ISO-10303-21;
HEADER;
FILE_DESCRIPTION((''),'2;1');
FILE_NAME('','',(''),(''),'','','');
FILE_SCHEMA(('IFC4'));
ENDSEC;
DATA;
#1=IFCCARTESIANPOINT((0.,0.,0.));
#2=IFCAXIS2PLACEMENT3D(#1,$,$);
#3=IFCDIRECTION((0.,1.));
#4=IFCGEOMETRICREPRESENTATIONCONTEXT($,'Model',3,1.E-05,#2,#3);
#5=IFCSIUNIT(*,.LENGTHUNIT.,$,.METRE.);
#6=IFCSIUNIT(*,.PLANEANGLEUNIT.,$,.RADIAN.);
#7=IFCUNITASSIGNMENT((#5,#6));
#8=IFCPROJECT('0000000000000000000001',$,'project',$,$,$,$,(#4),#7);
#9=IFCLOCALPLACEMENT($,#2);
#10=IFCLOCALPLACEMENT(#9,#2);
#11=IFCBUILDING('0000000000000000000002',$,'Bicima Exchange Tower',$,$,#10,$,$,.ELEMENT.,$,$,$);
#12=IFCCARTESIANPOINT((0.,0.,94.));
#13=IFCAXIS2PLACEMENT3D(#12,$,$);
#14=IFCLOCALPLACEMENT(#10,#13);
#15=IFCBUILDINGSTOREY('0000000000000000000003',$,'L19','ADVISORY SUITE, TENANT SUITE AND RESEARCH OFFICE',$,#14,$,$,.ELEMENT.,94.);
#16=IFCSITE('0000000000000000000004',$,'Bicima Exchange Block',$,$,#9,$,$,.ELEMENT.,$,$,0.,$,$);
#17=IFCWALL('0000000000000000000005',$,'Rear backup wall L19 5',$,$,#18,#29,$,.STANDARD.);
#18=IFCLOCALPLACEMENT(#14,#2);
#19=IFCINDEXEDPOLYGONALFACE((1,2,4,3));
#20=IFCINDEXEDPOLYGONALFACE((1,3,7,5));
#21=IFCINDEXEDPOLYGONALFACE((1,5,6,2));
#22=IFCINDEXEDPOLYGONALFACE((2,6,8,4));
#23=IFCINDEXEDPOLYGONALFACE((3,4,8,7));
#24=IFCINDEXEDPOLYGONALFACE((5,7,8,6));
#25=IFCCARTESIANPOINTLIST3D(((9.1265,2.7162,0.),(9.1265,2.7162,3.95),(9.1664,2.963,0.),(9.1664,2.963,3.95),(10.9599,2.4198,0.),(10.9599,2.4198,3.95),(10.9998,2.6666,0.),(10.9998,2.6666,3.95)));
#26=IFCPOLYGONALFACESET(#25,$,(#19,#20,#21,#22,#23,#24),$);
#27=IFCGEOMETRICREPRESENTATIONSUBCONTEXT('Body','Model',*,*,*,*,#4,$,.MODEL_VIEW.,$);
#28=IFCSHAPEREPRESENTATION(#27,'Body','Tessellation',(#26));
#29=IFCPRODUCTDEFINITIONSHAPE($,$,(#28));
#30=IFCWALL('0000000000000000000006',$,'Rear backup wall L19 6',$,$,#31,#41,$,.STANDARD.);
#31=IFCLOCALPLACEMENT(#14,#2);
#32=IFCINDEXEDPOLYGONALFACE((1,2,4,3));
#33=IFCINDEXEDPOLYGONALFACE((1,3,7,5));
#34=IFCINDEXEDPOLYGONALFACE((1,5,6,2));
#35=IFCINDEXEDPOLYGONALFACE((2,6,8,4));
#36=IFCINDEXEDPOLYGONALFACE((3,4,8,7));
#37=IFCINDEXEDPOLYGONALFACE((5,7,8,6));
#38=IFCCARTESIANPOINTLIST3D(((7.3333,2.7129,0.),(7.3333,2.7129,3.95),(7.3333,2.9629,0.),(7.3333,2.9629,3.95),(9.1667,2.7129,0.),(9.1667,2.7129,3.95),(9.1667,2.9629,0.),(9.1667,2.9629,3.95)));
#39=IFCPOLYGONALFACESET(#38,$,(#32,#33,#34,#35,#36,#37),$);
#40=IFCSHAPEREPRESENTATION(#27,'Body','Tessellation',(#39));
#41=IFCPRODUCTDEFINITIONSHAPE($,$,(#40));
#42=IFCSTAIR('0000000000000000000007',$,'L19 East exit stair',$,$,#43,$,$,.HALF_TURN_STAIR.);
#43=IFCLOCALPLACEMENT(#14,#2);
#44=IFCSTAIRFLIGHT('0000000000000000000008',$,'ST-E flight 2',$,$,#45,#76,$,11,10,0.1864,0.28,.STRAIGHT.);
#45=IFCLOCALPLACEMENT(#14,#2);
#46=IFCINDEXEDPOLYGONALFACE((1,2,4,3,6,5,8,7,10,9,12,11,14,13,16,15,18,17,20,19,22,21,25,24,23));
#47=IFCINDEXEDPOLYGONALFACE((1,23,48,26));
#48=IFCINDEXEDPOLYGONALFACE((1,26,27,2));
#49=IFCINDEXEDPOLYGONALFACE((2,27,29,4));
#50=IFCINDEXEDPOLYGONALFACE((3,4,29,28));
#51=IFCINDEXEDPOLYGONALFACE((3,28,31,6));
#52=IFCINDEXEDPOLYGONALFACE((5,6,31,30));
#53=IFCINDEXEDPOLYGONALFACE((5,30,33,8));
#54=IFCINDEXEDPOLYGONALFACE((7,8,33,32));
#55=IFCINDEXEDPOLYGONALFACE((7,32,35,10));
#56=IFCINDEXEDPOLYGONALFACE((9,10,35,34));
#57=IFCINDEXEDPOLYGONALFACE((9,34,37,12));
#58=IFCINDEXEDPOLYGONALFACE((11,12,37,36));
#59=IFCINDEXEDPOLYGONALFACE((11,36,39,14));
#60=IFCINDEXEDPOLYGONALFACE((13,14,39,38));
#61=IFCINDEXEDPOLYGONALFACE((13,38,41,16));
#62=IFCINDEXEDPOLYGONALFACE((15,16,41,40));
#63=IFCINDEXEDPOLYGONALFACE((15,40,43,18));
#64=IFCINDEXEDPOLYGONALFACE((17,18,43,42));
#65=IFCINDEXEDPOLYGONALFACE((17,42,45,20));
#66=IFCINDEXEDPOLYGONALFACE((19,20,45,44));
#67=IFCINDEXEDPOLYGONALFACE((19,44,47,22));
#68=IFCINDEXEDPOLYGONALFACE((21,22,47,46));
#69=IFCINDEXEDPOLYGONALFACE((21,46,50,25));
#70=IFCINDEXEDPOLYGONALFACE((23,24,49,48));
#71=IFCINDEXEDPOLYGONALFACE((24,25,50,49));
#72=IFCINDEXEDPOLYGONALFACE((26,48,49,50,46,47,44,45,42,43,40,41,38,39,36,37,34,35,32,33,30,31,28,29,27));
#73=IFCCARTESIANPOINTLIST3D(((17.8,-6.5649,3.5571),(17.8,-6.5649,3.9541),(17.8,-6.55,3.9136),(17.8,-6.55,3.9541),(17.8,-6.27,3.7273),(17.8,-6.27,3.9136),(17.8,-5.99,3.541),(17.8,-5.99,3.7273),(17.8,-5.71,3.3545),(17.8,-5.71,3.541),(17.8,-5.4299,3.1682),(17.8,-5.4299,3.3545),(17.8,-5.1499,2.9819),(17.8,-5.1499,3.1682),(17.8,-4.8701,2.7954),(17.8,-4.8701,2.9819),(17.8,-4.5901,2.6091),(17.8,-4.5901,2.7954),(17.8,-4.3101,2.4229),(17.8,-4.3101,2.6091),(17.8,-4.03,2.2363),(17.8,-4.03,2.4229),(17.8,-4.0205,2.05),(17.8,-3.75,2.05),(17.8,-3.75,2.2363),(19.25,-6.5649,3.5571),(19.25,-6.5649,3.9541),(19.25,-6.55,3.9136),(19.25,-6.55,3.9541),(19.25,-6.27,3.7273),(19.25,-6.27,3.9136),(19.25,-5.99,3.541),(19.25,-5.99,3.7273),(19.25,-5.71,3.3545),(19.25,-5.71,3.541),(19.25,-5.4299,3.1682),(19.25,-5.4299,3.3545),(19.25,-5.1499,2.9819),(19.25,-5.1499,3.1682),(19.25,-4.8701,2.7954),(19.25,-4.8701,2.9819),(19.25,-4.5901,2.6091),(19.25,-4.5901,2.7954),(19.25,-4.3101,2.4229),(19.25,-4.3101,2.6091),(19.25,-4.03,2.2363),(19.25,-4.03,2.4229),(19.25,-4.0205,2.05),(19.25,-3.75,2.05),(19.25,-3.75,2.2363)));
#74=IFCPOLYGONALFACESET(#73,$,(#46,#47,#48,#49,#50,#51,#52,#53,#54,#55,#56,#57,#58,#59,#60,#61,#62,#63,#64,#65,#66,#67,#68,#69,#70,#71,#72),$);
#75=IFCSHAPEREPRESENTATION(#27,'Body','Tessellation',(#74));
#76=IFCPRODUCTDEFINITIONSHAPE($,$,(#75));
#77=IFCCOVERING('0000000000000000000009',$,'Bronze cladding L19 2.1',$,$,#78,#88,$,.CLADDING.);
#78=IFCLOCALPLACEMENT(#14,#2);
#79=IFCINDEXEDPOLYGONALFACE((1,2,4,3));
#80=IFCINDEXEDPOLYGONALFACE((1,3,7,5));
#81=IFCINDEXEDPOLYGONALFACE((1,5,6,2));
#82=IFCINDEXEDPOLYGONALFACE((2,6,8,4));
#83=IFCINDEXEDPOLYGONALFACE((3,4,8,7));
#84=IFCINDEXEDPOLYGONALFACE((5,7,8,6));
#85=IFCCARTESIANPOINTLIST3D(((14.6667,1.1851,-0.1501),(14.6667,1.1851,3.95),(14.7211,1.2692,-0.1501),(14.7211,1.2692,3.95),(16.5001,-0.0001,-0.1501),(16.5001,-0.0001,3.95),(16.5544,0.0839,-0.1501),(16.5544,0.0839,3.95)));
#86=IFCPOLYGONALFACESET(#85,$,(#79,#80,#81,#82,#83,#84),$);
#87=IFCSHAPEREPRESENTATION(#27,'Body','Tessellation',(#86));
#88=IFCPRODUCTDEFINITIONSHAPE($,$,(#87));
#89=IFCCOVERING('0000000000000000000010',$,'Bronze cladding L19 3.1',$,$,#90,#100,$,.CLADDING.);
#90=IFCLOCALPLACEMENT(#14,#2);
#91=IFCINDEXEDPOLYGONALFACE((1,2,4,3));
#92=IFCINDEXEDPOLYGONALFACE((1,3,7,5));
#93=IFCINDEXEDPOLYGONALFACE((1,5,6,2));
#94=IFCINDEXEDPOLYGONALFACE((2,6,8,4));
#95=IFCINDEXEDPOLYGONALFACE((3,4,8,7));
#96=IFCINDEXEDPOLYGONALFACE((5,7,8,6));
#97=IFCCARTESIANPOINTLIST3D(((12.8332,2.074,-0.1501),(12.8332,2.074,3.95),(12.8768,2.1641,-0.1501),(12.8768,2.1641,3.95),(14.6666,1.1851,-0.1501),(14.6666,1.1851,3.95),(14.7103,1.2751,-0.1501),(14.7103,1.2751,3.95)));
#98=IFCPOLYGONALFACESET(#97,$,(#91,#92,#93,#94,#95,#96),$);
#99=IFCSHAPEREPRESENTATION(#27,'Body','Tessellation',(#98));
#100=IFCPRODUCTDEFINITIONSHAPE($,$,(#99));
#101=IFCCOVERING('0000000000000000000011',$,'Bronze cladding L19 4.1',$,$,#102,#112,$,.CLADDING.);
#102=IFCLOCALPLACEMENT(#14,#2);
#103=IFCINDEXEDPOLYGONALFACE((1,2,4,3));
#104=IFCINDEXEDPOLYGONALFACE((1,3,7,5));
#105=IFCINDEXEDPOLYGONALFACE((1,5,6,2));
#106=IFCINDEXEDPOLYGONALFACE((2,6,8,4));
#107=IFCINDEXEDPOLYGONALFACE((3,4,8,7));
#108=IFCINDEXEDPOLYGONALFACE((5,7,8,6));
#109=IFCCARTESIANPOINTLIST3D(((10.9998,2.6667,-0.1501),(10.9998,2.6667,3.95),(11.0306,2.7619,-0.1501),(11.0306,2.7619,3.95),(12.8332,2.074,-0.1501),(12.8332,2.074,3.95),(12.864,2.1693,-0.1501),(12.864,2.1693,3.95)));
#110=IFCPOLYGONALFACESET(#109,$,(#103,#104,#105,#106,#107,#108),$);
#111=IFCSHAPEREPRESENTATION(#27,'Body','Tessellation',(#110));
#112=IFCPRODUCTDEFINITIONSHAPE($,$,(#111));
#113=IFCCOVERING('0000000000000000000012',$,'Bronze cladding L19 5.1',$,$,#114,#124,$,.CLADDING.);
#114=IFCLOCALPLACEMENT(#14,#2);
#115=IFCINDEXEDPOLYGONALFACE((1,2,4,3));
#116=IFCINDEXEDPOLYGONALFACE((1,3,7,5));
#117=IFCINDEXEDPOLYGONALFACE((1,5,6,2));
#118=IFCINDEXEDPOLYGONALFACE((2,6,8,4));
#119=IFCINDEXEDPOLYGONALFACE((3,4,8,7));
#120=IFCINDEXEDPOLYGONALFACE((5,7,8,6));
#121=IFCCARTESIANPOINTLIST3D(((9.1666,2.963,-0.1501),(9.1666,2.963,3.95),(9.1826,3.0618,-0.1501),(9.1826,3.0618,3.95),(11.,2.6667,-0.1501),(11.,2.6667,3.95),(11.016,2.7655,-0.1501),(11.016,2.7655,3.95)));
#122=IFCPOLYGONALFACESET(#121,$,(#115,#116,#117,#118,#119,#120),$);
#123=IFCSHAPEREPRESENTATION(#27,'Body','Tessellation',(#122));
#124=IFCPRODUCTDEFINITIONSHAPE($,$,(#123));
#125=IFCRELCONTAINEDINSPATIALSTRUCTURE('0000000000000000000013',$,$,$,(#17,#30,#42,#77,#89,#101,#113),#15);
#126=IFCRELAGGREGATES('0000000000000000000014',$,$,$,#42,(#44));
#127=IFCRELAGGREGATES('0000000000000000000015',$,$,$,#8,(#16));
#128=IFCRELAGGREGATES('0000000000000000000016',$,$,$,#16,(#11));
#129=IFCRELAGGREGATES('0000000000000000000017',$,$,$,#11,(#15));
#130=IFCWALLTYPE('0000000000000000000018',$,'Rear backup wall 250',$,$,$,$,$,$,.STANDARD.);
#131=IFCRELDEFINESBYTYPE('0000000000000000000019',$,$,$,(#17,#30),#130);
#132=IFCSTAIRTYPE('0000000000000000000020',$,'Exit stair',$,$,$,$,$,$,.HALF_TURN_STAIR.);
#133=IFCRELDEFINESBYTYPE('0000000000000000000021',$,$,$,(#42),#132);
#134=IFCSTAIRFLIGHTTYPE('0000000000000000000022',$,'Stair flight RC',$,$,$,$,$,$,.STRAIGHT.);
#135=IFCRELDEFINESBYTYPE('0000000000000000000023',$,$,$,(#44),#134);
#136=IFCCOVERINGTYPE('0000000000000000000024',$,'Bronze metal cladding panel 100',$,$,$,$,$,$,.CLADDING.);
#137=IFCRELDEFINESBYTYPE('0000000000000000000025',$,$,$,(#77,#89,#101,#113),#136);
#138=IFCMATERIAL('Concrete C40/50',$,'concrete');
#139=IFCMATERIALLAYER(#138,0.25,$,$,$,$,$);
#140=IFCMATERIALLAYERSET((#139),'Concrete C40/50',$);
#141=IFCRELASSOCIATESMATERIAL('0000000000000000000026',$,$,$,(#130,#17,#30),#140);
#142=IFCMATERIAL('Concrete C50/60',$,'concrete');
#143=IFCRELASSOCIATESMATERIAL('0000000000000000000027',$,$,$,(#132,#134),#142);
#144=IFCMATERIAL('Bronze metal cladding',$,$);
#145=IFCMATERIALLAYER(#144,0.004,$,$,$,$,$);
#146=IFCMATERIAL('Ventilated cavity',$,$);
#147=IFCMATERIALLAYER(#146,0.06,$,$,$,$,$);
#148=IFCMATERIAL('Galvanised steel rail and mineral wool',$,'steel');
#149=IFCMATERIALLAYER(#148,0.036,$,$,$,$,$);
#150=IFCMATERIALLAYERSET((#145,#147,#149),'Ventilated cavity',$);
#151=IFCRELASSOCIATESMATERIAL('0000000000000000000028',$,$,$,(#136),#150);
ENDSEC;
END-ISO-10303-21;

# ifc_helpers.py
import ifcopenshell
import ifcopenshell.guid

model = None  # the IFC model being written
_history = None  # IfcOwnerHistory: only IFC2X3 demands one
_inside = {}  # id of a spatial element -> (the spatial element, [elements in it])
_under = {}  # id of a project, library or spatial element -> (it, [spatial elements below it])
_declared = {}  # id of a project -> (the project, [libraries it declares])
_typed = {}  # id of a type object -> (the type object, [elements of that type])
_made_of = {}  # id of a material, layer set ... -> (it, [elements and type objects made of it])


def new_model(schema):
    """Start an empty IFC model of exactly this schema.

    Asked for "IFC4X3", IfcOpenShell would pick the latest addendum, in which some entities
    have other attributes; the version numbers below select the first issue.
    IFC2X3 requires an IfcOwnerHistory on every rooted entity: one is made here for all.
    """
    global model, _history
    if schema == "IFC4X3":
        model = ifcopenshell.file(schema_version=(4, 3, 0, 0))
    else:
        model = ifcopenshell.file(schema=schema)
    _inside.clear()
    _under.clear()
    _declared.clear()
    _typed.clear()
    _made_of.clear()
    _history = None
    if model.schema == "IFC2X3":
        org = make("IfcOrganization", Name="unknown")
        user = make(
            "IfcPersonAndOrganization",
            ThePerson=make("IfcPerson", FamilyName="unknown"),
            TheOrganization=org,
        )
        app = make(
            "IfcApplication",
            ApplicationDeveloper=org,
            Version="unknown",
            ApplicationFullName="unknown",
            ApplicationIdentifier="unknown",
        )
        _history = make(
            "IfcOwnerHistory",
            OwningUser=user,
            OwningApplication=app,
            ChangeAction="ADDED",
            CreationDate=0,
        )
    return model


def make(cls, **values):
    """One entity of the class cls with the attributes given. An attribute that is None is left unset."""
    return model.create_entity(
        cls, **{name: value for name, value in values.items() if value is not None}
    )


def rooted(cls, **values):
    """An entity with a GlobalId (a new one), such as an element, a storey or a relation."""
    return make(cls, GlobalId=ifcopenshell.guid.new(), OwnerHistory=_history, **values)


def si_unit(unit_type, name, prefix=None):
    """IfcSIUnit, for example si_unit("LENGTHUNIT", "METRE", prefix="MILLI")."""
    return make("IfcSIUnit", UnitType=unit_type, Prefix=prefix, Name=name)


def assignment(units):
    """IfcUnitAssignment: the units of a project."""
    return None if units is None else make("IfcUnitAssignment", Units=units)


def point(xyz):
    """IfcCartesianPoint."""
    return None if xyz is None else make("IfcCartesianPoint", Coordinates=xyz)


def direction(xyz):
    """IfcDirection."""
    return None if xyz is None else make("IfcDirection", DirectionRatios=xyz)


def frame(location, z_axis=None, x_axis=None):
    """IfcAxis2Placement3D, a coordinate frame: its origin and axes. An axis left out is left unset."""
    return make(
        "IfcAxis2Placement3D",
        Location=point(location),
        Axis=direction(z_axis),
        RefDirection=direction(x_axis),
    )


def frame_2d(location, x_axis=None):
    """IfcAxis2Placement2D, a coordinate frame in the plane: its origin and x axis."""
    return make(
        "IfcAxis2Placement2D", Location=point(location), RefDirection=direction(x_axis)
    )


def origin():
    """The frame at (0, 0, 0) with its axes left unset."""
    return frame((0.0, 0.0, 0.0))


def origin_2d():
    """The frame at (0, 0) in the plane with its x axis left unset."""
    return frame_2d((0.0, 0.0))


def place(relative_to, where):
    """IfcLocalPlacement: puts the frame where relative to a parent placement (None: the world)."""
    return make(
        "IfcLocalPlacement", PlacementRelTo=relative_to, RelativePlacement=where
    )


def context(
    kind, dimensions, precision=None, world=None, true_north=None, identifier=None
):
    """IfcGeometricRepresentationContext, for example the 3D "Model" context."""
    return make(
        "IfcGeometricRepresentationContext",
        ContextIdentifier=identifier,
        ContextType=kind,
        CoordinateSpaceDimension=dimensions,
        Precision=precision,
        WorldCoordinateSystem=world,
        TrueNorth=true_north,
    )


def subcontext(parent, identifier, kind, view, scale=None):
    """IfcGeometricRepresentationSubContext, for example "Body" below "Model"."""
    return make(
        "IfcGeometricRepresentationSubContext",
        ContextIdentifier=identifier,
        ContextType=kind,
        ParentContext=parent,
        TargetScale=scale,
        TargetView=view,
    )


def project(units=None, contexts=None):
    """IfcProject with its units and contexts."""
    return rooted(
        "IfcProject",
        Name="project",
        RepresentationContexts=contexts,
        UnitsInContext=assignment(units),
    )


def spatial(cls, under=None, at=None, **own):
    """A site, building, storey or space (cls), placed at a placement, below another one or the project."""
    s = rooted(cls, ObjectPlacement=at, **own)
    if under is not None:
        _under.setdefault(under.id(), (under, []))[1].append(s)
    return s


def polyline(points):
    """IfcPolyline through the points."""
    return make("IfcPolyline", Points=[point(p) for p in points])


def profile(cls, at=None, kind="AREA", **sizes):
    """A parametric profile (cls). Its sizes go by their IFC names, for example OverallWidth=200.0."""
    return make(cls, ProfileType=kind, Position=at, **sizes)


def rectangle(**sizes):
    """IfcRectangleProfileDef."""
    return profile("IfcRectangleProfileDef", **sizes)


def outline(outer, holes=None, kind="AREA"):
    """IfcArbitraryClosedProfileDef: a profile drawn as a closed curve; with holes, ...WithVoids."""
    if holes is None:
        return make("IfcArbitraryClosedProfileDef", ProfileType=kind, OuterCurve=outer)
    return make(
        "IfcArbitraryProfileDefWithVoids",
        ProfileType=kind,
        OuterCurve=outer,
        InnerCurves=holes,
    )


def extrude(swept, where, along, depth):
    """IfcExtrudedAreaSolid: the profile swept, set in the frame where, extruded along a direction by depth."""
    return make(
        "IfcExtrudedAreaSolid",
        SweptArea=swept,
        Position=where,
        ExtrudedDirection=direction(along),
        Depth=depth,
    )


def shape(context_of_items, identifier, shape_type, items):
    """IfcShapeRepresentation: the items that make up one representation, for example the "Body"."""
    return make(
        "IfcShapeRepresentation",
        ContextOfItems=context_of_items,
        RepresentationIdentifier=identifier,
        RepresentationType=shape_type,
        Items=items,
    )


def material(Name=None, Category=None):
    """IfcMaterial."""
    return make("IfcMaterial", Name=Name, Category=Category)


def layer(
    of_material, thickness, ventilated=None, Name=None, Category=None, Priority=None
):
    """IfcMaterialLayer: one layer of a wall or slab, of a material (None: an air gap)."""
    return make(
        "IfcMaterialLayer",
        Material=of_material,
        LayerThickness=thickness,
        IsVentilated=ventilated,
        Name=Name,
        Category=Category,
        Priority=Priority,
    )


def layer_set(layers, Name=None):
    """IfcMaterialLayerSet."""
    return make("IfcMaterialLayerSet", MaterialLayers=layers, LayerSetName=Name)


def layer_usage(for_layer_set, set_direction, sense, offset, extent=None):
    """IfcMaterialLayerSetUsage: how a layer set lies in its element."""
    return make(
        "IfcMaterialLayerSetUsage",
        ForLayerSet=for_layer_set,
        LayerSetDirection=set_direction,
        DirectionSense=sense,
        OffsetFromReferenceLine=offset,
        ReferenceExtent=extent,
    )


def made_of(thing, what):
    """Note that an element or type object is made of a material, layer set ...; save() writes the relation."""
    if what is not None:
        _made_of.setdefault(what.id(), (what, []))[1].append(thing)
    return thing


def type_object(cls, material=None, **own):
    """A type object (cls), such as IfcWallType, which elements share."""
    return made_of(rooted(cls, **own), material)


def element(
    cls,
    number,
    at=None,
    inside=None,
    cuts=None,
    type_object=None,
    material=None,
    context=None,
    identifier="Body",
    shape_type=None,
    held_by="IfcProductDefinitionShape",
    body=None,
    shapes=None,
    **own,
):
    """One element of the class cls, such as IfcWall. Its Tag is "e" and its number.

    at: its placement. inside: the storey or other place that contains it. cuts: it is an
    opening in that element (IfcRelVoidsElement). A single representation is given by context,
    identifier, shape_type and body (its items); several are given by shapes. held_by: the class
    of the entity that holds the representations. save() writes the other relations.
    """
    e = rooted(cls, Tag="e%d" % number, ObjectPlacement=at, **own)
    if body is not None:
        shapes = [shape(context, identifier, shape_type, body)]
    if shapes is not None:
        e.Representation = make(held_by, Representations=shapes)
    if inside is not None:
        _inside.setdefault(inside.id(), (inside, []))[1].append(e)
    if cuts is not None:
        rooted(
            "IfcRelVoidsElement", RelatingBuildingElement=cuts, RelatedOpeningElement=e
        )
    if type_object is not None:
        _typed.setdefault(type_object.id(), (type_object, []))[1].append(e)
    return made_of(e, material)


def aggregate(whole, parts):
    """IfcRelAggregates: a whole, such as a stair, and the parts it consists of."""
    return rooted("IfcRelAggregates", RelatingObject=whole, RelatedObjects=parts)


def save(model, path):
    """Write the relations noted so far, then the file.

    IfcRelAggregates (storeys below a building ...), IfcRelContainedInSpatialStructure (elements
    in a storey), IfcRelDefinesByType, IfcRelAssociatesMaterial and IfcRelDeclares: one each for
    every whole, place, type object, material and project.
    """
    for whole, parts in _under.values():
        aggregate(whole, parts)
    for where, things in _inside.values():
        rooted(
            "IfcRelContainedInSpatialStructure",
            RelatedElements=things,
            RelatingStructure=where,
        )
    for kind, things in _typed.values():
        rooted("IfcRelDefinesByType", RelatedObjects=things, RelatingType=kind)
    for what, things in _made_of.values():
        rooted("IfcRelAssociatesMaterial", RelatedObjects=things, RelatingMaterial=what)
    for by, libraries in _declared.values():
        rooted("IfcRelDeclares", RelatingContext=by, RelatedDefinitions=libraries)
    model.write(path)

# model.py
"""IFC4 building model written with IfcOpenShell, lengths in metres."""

from ifc_helpers import new_model, si_unit, direction, frame, frame_2d, origin, origin_2d, place, context, subcontext, project, spatial, polyline, rectangle, outline, extrude, material, layer, layer_set, layer_usage, type_object, element, aggregate, save


model = new_model("IFC4")

# Units and contexts
model_context = context("Model", 3, precision=1e-05, world=origin(), true_north=direction((0.0, 1.0)))
body_context = subcontext(model_context, "Body", "Model", "MODEL_VIEW")
ifc_project = project(units=[si_unit("LENGTHUNIT", "METRE"), si_unit("PLANEANGLEUNIT", "RADIAN")], contexts=[model_context])

# Site, building, storey
site_placement = place(None, origin())
site = spatial("IfcSite", under=ifc_project, at=site_placement, Name="Bicima Exchange Block", CompositionType="ELEMENT", RefElevation=0.0)
building_placement = place(site_placement, origin())
building = spatial("IfcBuilding", under=site, at=building_placement, Name="Bicima Exchange Tower", CompositionType="ELEMENT")
storey_placement = place(building_placement, frame((0.0, 0.0, 94.0)))
storey = spatial("IfcBuildingStorey", under=building, at=storey_placement, Name="L19", Description="ADVISORY SUITE, TENANT SUITE AND RESEARCH OFFICE", CompositionType="ELEMENT", Elevation=94.0)

# Shared definitions
ifc_material_1 = material(Name="Concrete C50/60", Category="concrete")

# Walls
ifc_material_2 = material(Name="Concrete C40/50", Category="concrete")
ifc_layer_1 = layer(ifc_material_2, 0.25)
ifc_layer_set_1 = layer_set([ifc_layer_1], Name="Concrete C40/50")
ifc_layer_usage = layer_usage(ifc_layer_set_1, "AXIS2", "POSITIVE", -0.125)
wall_type_1 = type_object("IfcWallType", Name="Rear backup wall 250", PredefinedType="STANDARD", material=ifc_layer_set_1)
wall_1_placement = place(storey_placement, frame((10.98, 2.5432, 0.0), z_axis=(0.0, 0.0, 1.0), x_axis=(-0.987182, 0.1596, 0.0)))
element("IfcWall", 1, at=wall_1_placement, inside=storey, type_object=wall_type_1, material=ifc_layer_usage, Name="Rear backup wall L19 5", PredefinedType="STANDARD", context=body_context, shape_type="SweptSolid", body=[
    extrude(rectangle(XDim=1.8572, YDim=0.25, at=frame_2d((0.9287, 0.0))), origin(), (0.0, 0.0, 1.0), 3.95),
])
wall_2_placement = place(storey_placement, frame((9.1667, 2.8379, 0.0), z_axis=(0.0, 0.0, 1.0), x_axis=(-1.0, 0.0, 0.0)))
element("IfcWall", 2, at=wall_2_placement, inside=storey, type_object=wall_type_1, material=ifc_layer_usage, Name="Rear backup wall L19 6", PredefinedType="STANDARD", context=body_context, shape_type="SweptSolid", body=[
    extrude(rectangle(XDim=1.8335, YDim=0.25, at=frame_2d((0.9167, 0.0))), origin(), (0.0, 0.0, 1.0), 3.95),
])

# Stair, stair flight
stair_type = type_object("IfcStairType", Name="Exit stair", PredefinedType="HALF_TURN_STAIR", material=ifc_material_1)
stair_placement = place(storey_placement, origin())
stair = element("IfcStair", 3, at=stair_placement, inside=storey, type_object=stair_type, Name="L19 East exit stair", PredefinedType="HALF_TURN_STAIR")
stair_flight_type = type_object("IfcStairFlightType", Name="Stair flight RC", PredefinedType="STRAIGHT", material=ifc_material_1)
stair_flight_placement = place(storey_placement, frame((18.5249, -3.75, 2.05), z_axis=(0.0, 0.0, 1.0), x_axis=(0.0, -1.0, 0.0)))
stair_flight = element("IfcStairFlight", 4, at=stair_flight_placement, type_object=stair_flight_type, Name="ST-E flight 2", NumberOfRisers=11, NumberOfTreads=10, PredefinedType="STRAIGHT", RiserHeight=0.1864, TreadLength=0.28, context=body_context, shape_type="SweptSolid", body=[
    extrude(outline(polyline([(0.0, 0.0), (0.0, 0.1863), (0.28, 0.1863), (0.28, 0.3728), (0.5601, 0.3728), (0.5601, 0.5591), (0.8401, 0.5591), (0.8401, 0.7454), (1.1201, 0.7454), (1.1201, 0.9319), (1.3999, 0.9319), (1.3999, 1.1182), (1.6799, 1.1182), (1.6799, 1.3044), (1.96, 1.3044), (1.96, 1.491), (2.24, 1.491), (2.24, 1.6772), (2.52, 1.6772), (2.52, 1.8635), (2.8, 1.8635), (2.8, 1.9041), (2.8149, 1.9041), (2.8149, 1.5071), (0.2705, 0.0), (0.0, 0.0)])), frame((0.0, 0.7251, 0.0), z_axis=(0.0, -1.0, 0.0), x_axis=(1.0, 0.0, 0.0)), (0.0, 0.0, 1.0), 1.45),
])
aggregate(stair, [stair_flight])

# Coverings
ifc_material_3 = material(Name="Bronze metal cladding")
ifc_layer_2 = layer(ifc_material_3, 0.004)
ifc_material_4 = material(Name="Ventilated cavity")
ifc_layer_3 = layer(ifc_material_4, 0.06)
ifc_material_5 = material(Name="Galvanised steel rail and mineral wool", Category="steel")
ifc_layer_4 = layer(ifc_material_5, 0.036)
ifc_layer_set_2 = layer_set([ifc_layer_2, ifc_layer_3, ifc_layer_4], Name="Ventilated cavity")
covering_type = type_object("IfcCoveringType", Name="Bronze metal cladding panel 100", PredefinedType="CLADDING", material=ifc_layer_set_2)
covering_1_placement = place(storey_placement, frame((15.6106, 0.6345, -0.1501), z_axis=(0.0, 0.0, 1.0), x_axis=(-0.83979, 0.542911, 0.0)))
element("IfcCovering", 5, at=covering_1_placement, inside=storey, type_object=covering_type, Name="Bronze cladding L19 2.1", PredefinedType="CLADDING", context=body_context, shape_type="SweptSolid", body=[
    extrude(rectangle(XDim=2.1831, YDim=0.1001, at=origin_2d()), origin(), (0.0, 0.0, 1.0), 4.1001),
])
covering_2_placement = place(storey_placement, frame((13.7717, 1.6746, -0.1501), z_axis=(0.0, 0.0, 1.0), x_axis=(-0.899818, 0.436265, 0.0)))
element("IfcCovering", 6, at=covering_2_placement, inside=storey, type_object=covering_type, Name="Bronze cladding L19 3.1", PredefinedType="CLADDING", context=body_context, shape_type="SweptSolid", body=[
    extrude(rectangle(XDim=2.0376, YDim=0.1001, at=origin_2d()), origin(), (0.0, 0.0, 1.0), 4.1001),
])
covering_3_placement = place(storey_placement, frame((11.9319, 2.418, -0.1501), z_axis=(0.0, 0.0, 1.0), x_axis=(-0.951525, 0.307573, 0.0)))
element("IfcCovering", 7, at=covering_3_placement, inside=storey, type_object=covering_type, Name="Bronze cladding L19 4.1", PredefinedType="CLADDING", context=body_context, shape_type="SweptSolid", body=[
    extrude(rectangle(XDim=1.9268, YDim=0.1001, at=origin_2d()), origin(), (0.0, 0.0, 1.0), 4.1001),
])
covering_4_placement = place(storey_placement, frame((10.0913, 2.8643, -0.1501), z_axis=(0.0, 0.0, 1.0), x_axis=(-0.98719, 0.15955, 0.0)))
element("IfcCovering", 8, at=covering_4_placement, inside=storey, type_object=covering_type, Name="Bronze cladding L19 5.1", PredefinedType="CLADDING", context=body_context, shape_type="SweptSolid", body=[
    extrude(rectangle(XDim=1.8572, YDim=0.1001, at=origin_2d()), origin(), (0.0, 0.0, 1.0), 4.1001),
])

save(model, "model.ifc")
